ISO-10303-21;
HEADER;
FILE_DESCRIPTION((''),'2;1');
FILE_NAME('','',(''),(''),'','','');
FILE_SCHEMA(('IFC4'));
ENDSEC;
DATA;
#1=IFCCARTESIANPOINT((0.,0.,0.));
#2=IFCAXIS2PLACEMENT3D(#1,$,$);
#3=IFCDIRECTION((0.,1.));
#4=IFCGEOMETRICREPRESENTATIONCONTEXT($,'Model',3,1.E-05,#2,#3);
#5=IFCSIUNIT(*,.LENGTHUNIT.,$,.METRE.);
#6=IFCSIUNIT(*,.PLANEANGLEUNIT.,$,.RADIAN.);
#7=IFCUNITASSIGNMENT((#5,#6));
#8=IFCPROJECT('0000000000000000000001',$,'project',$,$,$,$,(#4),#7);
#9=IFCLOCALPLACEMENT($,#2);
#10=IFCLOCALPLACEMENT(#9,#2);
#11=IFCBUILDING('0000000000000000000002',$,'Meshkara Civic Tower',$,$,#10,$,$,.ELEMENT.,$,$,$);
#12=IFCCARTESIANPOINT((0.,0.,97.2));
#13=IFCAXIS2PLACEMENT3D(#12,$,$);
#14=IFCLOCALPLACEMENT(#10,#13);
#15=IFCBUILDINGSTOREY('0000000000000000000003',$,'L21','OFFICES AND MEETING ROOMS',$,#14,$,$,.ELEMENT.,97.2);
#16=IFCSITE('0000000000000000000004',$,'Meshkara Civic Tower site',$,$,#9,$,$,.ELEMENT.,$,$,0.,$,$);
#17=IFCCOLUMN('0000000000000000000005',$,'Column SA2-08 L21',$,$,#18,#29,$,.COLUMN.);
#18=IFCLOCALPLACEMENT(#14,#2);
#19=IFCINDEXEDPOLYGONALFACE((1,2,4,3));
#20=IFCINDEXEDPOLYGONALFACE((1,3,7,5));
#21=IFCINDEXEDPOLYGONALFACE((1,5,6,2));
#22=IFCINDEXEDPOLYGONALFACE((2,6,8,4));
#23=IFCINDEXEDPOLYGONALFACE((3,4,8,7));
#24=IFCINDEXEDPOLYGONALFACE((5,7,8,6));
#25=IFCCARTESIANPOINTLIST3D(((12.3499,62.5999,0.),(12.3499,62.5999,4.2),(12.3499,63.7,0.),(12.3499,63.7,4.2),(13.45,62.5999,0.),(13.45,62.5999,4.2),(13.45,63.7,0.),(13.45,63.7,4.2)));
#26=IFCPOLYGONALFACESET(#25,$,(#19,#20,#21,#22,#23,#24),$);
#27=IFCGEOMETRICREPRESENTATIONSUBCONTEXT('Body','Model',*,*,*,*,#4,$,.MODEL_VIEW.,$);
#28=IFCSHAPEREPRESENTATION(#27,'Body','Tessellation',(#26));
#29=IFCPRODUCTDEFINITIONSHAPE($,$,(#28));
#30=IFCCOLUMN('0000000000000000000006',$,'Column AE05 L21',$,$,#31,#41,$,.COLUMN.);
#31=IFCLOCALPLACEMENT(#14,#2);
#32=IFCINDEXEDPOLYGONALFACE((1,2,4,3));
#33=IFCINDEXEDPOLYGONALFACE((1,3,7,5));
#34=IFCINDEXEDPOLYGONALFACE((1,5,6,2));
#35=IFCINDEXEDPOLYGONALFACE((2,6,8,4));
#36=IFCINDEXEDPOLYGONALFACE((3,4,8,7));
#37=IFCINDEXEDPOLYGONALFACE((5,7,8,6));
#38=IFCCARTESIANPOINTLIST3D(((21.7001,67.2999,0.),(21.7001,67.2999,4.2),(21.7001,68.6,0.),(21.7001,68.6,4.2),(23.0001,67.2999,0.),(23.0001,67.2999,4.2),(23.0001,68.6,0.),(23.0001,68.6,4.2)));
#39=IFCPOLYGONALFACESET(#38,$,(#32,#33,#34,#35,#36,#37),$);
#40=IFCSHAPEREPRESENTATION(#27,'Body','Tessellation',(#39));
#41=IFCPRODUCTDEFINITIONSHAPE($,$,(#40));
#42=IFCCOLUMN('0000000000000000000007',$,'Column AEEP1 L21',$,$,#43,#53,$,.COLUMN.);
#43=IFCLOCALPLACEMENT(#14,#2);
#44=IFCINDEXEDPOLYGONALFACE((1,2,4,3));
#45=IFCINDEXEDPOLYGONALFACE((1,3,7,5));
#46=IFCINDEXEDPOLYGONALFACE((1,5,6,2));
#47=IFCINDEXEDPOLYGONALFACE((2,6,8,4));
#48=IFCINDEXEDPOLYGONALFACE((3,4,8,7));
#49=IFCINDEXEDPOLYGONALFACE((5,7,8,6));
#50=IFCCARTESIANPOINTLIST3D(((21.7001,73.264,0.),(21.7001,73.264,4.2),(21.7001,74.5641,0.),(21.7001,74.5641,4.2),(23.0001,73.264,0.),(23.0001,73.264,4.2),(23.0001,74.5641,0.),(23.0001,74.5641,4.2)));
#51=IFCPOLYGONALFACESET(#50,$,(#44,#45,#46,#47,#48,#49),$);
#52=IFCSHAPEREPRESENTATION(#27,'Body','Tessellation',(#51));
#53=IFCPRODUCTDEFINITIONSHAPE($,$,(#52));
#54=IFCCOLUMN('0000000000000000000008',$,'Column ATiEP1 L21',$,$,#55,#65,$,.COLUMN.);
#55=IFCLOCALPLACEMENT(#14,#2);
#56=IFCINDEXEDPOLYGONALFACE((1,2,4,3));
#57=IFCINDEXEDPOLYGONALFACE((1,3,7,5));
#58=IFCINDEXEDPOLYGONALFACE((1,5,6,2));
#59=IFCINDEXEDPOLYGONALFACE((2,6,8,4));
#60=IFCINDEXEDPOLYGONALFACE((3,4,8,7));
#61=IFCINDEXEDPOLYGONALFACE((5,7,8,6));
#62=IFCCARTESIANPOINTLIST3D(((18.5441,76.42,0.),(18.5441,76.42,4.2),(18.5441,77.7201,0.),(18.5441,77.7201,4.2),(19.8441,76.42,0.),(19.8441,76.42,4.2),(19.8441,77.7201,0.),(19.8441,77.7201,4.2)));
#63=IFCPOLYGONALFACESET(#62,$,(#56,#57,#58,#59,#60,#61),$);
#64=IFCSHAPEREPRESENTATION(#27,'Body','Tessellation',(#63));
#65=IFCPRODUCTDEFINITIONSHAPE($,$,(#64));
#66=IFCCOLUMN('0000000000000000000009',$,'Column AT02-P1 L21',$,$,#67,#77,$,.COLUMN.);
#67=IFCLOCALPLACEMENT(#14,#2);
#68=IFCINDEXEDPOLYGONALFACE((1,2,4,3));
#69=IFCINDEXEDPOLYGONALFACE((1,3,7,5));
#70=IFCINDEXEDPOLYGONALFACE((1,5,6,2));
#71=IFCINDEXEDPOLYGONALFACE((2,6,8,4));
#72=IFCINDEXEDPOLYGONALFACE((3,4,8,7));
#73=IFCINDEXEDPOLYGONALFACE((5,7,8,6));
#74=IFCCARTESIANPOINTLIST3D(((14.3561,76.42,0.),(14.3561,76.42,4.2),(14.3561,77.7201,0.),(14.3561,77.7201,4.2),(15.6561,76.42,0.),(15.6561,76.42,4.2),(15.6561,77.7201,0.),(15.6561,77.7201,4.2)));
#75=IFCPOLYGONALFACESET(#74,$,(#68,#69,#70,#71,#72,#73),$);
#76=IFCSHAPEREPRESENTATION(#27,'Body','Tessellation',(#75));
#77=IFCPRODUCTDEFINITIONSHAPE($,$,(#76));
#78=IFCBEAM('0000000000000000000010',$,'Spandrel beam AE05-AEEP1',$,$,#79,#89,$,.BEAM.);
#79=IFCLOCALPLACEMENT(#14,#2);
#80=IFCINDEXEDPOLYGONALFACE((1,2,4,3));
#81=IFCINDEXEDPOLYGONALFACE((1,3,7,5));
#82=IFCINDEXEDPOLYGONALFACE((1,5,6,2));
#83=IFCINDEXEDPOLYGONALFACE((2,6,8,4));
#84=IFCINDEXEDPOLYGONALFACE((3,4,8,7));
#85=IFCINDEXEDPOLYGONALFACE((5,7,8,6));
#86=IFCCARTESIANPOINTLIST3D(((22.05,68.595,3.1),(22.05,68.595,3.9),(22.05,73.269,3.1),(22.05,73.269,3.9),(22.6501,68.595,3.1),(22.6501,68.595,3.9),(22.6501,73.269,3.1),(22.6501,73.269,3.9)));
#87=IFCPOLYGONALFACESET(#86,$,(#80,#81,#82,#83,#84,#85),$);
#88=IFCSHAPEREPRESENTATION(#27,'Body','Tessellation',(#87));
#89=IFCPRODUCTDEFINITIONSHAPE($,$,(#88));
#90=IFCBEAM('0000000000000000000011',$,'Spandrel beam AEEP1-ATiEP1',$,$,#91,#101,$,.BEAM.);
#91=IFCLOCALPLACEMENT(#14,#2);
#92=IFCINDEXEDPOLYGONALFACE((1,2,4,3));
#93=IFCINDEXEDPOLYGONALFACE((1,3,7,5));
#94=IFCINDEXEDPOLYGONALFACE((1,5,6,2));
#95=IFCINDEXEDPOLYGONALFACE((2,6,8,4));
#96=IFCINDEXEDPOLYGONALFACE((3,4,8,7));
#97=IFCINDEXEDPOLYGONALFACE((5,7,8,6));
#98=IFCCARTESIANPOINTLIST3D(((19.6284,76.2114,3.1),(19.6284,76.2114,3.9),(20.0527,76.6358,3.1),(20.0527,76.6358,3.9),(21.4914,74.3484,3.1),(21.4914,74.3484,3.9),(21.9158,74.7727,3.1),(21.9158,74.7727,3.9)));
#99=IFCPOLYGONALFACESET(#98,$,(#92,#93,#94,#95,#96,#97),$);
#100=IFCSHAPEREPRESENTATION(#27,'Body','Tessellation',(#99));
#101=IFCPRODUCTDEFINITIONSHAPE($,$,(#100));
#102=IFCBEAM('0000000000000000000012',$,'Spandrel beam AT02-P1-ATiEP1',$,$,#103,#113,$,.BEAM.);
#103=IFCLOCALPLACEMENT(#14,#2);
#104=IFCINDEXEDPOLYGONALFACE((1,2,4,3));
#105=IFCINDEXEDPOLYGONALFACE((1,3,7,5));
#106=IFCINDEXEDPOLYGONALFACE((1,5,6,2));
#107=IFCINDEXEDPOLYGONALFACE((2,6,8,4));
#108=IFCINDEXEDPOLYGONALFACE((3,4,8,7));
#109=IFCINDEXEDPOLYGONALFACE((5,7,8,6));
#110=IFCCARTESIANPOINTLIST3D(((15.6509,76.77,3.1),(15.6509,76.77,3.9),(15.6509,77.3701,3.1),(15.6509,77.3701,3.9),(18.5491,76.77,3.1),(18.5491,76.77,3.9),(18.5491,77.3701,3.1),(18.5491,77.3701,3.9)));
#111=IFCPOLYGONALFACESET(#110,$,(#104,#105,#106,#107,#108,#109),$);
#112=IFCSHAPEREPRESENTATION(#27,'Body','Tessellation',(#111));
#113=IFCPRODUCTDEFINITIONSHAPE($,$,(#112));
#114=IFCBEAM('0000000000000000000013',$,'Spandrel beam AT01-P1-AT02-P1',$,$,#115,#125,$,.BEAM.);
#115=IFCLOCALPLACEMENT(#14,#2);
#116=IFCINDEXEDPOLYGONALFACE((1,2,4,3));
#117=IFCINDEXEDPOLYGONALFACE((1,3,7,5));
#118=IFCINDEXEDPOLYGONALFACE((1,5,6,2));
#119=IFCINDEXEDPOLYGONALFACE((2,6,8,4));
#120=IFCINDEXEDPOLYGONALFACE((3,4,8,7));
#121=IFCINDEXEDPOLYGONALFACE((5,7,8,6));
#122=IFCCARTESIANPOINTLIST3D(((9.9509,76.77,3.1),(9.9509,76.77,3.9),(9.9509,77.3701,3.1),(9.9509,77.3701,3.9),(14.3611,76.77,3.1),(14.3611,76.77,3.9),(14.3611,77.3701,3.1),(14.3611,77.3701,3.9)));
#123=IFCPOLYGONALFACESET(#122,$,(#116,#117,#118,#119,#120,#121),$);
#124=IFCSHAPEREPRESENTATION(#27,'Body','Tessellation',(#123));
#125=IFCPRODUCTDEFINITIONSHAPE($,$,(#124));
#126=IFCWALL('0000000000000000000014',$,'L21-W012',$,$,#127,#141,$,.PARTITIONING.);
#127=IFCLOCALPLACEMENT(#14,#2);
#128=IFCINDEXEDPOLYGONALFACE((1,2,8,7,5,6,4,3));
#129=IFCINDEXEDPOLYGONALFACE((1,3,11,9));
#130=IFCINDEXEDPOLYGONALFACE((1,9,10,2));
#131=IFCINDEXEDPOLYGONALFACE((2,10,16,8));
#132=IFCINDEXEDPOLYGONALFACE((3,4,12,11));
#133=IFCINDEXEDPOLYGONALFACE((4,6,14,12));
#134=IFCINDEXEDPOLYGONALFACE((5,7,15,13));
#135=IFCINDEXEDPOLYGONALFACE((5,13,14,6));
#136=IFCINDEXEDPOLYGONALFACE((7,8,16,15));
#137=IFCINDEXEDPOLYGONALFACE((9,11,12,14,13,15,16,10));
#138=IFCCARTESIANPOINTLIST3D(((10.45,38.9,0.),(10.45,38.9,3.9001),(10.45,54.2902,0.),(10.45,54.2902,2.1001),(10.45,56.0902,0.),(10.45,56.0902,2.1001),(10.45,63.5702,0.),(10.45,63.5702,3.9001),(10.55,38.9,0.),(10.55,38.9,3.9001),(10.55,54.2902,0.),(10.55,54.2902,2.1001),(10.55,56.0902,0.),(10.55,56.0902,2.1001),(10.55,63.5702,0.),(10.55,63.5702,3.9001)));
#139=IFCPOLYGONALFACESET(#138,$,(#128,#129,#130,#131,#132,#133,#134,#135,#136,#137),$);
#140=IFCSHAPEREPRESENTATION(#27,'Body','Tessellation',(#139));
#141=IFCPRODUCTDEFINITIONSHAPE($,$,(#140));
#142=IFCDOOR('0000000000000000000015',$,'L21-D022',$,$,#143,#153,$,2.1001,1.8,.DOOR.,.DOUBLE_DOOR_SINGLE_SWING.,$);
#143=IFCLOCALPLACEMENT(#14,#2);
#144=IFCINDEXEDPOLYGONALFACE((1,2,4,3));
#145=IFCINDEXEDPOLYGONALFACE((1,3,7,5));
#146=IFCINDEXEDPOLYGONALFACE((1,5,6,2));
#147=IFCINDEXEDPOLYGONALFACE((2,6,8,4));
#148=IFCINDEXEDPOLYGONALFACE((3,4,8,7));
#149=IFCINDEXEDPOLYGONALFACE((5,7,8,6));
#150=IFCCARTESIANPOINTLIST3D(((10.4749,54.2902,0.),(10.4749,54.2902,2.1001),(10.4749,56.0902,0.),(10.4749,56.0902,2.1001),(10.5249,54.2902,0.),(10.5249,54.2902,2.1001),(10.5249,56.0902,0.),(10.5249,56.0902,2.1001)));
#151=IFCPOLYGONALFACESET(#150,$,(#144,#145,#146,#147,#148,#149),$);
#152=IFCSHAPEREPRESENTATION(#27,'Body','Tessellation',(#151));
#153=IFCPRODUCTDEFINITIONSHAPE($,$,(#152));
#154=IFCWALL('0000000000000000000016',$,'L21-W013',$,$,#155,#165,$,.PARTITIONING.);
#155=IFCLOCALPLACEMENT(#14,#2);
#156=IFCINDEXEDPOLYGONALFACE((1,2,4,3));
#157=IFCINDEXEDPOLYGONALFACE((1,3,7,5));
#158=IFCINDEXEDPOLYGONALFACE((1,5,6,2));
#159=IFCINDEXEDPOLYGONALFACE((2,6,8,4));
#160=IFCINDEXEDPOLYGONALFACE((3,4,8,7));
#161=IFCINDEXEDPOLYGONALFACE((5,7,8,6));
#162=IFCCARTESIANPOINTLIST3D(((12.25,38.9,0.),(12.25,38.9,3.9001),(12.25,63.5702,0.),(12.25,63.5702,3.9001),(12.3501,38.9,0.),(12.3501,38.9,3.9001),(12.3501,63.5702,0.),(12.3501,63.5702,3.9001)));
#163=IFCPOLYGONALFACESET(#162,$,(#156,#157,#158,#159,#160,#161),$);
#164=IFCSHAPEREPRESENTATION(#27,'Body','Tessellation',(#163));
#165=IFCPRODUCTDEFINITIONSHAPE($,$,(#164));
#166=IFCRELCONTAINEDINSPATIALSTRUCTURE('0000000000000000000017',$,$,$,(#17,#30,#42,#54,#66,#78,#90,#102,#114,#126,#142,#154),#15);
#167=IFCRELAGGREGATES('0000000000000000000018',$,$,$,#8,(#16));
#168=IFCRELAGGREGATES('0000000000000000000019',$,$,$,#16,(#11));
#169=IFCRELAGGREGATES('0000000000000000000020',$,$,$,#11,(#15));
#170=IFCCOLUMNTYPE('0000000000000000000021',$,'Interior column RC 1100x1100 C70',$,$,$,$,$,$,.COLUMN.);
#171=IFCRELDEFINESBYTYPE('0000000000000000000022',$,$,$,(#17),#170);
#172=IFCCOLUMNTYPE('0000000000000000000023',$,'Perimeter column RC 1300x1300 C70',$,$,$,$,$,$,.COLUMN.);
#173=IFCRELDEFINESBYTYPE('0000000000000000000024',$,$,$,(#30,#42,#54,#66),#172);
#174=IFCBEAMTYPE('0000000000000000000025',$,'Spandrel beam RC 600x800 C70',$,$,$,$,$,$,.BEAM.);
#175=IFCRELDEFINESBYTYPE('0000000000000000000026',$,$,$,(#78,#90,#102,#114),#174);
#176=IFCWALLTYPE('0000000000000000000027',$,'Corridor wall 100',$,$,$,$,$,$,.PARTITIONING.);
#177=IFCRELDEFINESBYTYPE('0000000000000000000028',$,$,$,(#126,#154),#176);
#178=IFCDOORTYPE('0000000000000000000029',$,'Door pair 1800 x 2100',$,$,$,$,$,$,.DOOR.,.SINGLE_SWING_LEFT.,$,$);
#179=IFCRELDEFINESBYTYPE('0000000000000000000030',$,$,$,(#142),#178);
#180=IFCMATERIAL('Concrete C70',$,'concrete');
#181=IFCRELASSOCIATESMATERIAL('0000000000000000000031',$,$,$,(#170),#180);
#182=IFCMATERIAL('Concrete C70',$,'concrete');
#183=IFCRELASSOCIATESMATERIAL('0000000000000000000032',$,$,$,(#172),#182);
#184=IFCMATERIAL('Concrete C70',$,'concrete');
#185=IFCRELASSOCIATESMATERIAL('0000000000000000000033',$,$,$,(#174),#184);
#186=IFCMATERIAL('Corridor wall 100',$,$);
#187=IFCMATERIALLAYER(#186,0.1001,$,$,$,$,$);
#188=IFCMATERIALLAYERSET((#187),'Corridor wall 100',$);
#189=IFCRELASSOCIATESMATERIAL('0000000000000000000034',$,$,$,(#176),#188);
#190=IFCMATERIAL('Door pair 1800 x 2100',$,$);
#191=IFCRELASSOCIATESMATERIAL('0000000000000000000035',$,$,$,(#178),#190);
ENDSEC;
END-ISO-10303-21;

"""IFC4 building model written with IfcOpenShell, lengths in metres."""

from ifc_helpers import new_model, si_unit, direction, frame, frame_2d, origin, origin_2d, place, context, subcontext, project, spatial, rectangle, extrude, material, layer, layer_set, material_profile, profile_set, type_object, element, fill, save


model = new_model("IFC4")

# Units and contexts
model_context = context("Model", 3, precision=1e-05, world=origin(), true_north=direction((0.0, 1.0)))
body_context = subcontext(model_context, "Body", "Model", "MODEL_VIEW")
ifc_project = project(units=[si_unit("LENGTHUNIT", "METRE"), si_unit("PLANEANGLEUNIT", "RADIAN")], contexts=[model_context])

# Site, building, storey
site_placement = place(None, origin())
site = spatial("IfcSite", under=ifc_project, at=site_placement, Name="Meshkara Civic Tower site", CompositionType="ELEMENT", RefElevation=0.0)
building_placement = place(site_placement, origin())
building = spatial("IfcBuilding", under=site, at=building_placement, Name="Meshkara Civic Tower", CompositionType="ELEMENT")
storey_placement = place(building_placement, frame((0.0, 0.0, 97.2)))
storey = spatial("IfcBuildingStorey", under=building, at=storey_placement, Name="L21", Description="OFFICES AND MEETING ROOMS", CompositionType="ELEMENT", Elevation=97.2)

# Columns
ifc_material_1 = material(Name="Concrete C70", Category="concrete")
ifc_material_profile_1 = material_profile(ifc_material_1, rectangle(XDim=1.1001, YDim=1.1001, at=origin_2d()))
ifc_profile_set_1 = profile_set([ifc_material_profile_1], Name="Concrete C70")
column_type_1 = type_object("IfcColumnType", Name="Interior column RC 1100x1100 C70", PredefinedType="COLUMN", material=ifc_profile_set_1)
column_placement = place(storey_placement, frame((12.8999, 63.1499, 0.0), z_axis=(0.0, 0.0, 1.0), x_axis=(1.0, 0.0, 0.0)))
element("IfcColumn", 1, at=column_placement, inside=storey, type_object=column_type_1, Name="Column SA2-08 L21", PredefinedType="COLUMN", context=body_context, shape_type="SweptSolid", body=[
    extrude(rectangle(XDim=1.1001, YDim=1.1001, at=origin_2d()), origin(), (0.0, 0.0, 1.0), 4.2),
])
ifc_material_2 = material(Name="Concrete C70", Category="concrete")
ifc_material_profile_2 = material_profile(ifc_material_2, rectangle(XDim=1.3, YDim=1.3, at=origin_2d()))
ifc_profile_set_2 = profile_set([ifc_material_profile_2], Name="Concrete C70")
column_type_2 = type_object("IfcColumnType", Name="Perimeter column RC 1300x1300 C70", PredefinedType="COLUMN", material=ifc_profile_set_2)
for number, where, z_axis, x_axis, name in (
    (2, (22.3501, 67.95, 0.0), (0.0, 0.0, 1.0), (1.0, 0.0, 0.0), "Column AE05 L21"),
    (3, (22.3501, 73.9141, 0.0), (0.0, 0.0, 1.0), (1.0, 0.0, 0.0), "Column AEEP1 L21"),
    (4, (19.1941, 77.0701, 0.0), (0.0, 0.0, 1.0), (1.0, 0.0, 0.0), "Column ATiEP1 L21"),
    (5, (15.0061, 77.0701, 0.0), (0.0, 0.0, 1.0), (1.0, 0.0, 0.0), "Column AT02-P1 L21"),
):
    element("IfcColumn", number, at=place(storey_placement, frame(where, z_axis=z_axis, x_axis=x_axis)), inside=storey, type_object=column_type_2, Name=name, PredefinedType="COLUMN", context=body_context, shape_type="SweptSolid", body=[
        extrude(rectangle(XDim=1.3, YDim=1.3, at=origin_2d()), origin(), (0.0, 0.0, 1.0), 4.2),
    ])

# Beams
ifc_material_3 = material(Name="Concrete C70", Category="concrete")
ifc_material_profile_3 = material_profile(ifc_material_3, rectangle(XDim=0.6001, YDim=0.8, at=origin_2d()))
ifc_profile_set_3 = profile_set([ifc_material_profile_3], Name="Concrete C70")
beam_type = type_object("IfcBeamType", Name="Spandrel beam RC 600x800 C70", PredefinedType="BEAM", material=ifc_profile_set_3)
beam_1_placement = place(storey_placement, frame((22.3501, 68.595, 3.5), z_axis=(0.0, 1.0, 0.0), x_axis=(-1.0, 0.0, 0.0)))
element("IfcBeam", 6, at=beam_1_placement, inside=storey, type_object=beam_type, Name="Spandrel beam AE05-AEEP1", PredefinedType="BEAM", context=body_context, shape_type="SweptSolid", body=[
    extrude(rectangle(XDim=0.6001, YDim=0.8, at=origin_2d()), origin(), (0.0, 0.0, 1.0), 4.6741),
])
beam_2_placement = place(storey_placement, frame((21.7036, 74.5605, 3.5), z_axis=(-0.707107, 0.707107, 0.0), x_axis=(-0.707107, -0.707107, 0.0)))
element("IfcBeam", 7, at=beam_2_placement, inside=storey, type_object=beam_type, Name="Spandrel beam AEEP1-ATiEP1", PredefinedType="BEAM", context=body_context, shape_type="SweptSolid", body=[
    extrude(rectangle(XDim=0.6001, YDim=0.8, at=origin_2d()), origin(), (0.0, 0.0, 1.0), 2.6348),
])
beam_3_placement = place(storey_placement, frame((18.5491, 77.0701, 3.5), z_axis=(-1.0, 0.0, 0.0), x_axis=(0.0, -1.0, 0.0)))
element("IfcBeam", 8, at=beam_3_placement, inside=storey, type_object=beam_type, Name="Spandrel beam AT02-P1-ATiEP1", PredefinedType="BEAM", context=body_context, shape_type="SweptSolid", body=[
    extrude(rectangle(XDim=0.6001, YDim=0.8, at=origin_2d()), origin(), (0.0, 0.0, 1.0), 2.8982),
])
beam_4_placement = place(storey_placement, frame((14.3611, 77.0701, 3.5), z_axis=(-1.0, 0.0, 0.0), x_axis=(0.0, -1.0, 0.0)))
element("IfcBeam", 9, at=beam_4_placement, inside=storey, type_object=beam_type, Name="Spandrel beam AT01-P1-AT02-P1", PredefinedType="BEAM", context=body_context, shape_type="SweptSolid", body=[
    extrude(rectangle(XDim=0.6001, YDim=0.8, at=origin_2d()), origin(), (0.0, 0.0, 1.0), 4.4102),
])

# Wall, opening, door
ifc_material_4 = material(Name="Corridor wall 100")
ifc_layer_1 = layer(ifc_material_4, 0.1001)
ifc_layer_set_1 = layer_set([ifc_layer_1], Name="Corridor wall 100")
wall_type_1 = type_object("IfcWallType", Name="Corridor wall 100", PredefinedType="PARTITIONING", material=ifc_layer_set_1)
wall_1_placement = place(storey_placement, frame((10.5, 63.5701, 0.0), z_axis=(0.0, 0.0, 1.0), x_axis=(0.0, -1.0, 0.0)))
wall_1 = element("IfcWall", 10, at=wall_1_placement, inside=storey, type_object=wall_type_1, Name="L21-W012", PredefinedType="PARTITIONING", context=body_context, shape_type="SweptSolid", body=[
    extrude(rectangle(XDim=24.6702, YDim=0.1001, at=frame_2d((12.335, 0.0))), origin(), (0.0, 0.0, 1.0), 3.9001),
])
opening_1_placement = place(wall_1_placement, frame((7.48, 0.0, 0.0)))
opening_1 = element("IfcOpeningElement", 11, at=opening_1_placement, cuts=wall_1, PredefinedType="OPENING", context=body_context, shape_type="SweptSolid", body=[
    extrude(rectangle(XDim=1.8, YDim=2.1001, at=frame_2d((0.8999, 1.05))), frame((0.0, 0.0601, 0.0), z_axis=(0.0, -1.0, 0.0), x_axis=(1.0, 0.0, 0.0)), (0.0, 0.0, 1.0), 0.1201),
])
ifc_material_5 = material(Name="Door pair 1800 x 2100")
door_type_1 = type_object("IfcDoorType", Name="Door pair 1800 x 2100", OperationType="SINGLE_SWING_LEFT", PredefinedType="DOOR", material=ifc_material_5)
door_1_placement = place(opening_1_placement, origin())
door_1 = element("IfcDoor", 12, at=door_1_placement, inside=storey, type_object=door_type_1, Name="L21-D022", OperationType="DOUBLE_DOOR_SINGLE_SWING", OverallHeight=2.1001, OverallWidth=1.8, PredefinedType="DOOR", context=body_context, shape_type="SweptSolid", body=[
    extrude(rectangle(XDim=1.8, YDim=2.1001, at=frame_2d((0.8999, 1.05))), frame((0.0, 0.0249, 0.0), z_axis=(0.0, -1.0, 0.0), x_axis=(1.0, 0.0, 0.0)), (0.0, 0.0, 1.0), 0.05),
])
fill(opening_1, door_1)

# Wall
wall_2_placement = place(storey_placement, frame((12.3, 63.5701, 0.0), z_axis=(0.0, 0.0, 1.0), x_axis=(0.0, -1.0, 0.0)))
element("IfcWall", 13, at=wall_2_placement, inside=storey, type_object=wall_type_1, Name="L21-W013", PredefinedType="PARTITIONING", context=body_context, shape_type="SweptSolid", body=[
    extrude(rectangle(XDim=24.6702, YDim=0.1001, at=frame_2d((12.335, 0.0))), origin(), (0.0, 0.0, 1.0), 3.9001),
])

save(model, "model.ifc")
